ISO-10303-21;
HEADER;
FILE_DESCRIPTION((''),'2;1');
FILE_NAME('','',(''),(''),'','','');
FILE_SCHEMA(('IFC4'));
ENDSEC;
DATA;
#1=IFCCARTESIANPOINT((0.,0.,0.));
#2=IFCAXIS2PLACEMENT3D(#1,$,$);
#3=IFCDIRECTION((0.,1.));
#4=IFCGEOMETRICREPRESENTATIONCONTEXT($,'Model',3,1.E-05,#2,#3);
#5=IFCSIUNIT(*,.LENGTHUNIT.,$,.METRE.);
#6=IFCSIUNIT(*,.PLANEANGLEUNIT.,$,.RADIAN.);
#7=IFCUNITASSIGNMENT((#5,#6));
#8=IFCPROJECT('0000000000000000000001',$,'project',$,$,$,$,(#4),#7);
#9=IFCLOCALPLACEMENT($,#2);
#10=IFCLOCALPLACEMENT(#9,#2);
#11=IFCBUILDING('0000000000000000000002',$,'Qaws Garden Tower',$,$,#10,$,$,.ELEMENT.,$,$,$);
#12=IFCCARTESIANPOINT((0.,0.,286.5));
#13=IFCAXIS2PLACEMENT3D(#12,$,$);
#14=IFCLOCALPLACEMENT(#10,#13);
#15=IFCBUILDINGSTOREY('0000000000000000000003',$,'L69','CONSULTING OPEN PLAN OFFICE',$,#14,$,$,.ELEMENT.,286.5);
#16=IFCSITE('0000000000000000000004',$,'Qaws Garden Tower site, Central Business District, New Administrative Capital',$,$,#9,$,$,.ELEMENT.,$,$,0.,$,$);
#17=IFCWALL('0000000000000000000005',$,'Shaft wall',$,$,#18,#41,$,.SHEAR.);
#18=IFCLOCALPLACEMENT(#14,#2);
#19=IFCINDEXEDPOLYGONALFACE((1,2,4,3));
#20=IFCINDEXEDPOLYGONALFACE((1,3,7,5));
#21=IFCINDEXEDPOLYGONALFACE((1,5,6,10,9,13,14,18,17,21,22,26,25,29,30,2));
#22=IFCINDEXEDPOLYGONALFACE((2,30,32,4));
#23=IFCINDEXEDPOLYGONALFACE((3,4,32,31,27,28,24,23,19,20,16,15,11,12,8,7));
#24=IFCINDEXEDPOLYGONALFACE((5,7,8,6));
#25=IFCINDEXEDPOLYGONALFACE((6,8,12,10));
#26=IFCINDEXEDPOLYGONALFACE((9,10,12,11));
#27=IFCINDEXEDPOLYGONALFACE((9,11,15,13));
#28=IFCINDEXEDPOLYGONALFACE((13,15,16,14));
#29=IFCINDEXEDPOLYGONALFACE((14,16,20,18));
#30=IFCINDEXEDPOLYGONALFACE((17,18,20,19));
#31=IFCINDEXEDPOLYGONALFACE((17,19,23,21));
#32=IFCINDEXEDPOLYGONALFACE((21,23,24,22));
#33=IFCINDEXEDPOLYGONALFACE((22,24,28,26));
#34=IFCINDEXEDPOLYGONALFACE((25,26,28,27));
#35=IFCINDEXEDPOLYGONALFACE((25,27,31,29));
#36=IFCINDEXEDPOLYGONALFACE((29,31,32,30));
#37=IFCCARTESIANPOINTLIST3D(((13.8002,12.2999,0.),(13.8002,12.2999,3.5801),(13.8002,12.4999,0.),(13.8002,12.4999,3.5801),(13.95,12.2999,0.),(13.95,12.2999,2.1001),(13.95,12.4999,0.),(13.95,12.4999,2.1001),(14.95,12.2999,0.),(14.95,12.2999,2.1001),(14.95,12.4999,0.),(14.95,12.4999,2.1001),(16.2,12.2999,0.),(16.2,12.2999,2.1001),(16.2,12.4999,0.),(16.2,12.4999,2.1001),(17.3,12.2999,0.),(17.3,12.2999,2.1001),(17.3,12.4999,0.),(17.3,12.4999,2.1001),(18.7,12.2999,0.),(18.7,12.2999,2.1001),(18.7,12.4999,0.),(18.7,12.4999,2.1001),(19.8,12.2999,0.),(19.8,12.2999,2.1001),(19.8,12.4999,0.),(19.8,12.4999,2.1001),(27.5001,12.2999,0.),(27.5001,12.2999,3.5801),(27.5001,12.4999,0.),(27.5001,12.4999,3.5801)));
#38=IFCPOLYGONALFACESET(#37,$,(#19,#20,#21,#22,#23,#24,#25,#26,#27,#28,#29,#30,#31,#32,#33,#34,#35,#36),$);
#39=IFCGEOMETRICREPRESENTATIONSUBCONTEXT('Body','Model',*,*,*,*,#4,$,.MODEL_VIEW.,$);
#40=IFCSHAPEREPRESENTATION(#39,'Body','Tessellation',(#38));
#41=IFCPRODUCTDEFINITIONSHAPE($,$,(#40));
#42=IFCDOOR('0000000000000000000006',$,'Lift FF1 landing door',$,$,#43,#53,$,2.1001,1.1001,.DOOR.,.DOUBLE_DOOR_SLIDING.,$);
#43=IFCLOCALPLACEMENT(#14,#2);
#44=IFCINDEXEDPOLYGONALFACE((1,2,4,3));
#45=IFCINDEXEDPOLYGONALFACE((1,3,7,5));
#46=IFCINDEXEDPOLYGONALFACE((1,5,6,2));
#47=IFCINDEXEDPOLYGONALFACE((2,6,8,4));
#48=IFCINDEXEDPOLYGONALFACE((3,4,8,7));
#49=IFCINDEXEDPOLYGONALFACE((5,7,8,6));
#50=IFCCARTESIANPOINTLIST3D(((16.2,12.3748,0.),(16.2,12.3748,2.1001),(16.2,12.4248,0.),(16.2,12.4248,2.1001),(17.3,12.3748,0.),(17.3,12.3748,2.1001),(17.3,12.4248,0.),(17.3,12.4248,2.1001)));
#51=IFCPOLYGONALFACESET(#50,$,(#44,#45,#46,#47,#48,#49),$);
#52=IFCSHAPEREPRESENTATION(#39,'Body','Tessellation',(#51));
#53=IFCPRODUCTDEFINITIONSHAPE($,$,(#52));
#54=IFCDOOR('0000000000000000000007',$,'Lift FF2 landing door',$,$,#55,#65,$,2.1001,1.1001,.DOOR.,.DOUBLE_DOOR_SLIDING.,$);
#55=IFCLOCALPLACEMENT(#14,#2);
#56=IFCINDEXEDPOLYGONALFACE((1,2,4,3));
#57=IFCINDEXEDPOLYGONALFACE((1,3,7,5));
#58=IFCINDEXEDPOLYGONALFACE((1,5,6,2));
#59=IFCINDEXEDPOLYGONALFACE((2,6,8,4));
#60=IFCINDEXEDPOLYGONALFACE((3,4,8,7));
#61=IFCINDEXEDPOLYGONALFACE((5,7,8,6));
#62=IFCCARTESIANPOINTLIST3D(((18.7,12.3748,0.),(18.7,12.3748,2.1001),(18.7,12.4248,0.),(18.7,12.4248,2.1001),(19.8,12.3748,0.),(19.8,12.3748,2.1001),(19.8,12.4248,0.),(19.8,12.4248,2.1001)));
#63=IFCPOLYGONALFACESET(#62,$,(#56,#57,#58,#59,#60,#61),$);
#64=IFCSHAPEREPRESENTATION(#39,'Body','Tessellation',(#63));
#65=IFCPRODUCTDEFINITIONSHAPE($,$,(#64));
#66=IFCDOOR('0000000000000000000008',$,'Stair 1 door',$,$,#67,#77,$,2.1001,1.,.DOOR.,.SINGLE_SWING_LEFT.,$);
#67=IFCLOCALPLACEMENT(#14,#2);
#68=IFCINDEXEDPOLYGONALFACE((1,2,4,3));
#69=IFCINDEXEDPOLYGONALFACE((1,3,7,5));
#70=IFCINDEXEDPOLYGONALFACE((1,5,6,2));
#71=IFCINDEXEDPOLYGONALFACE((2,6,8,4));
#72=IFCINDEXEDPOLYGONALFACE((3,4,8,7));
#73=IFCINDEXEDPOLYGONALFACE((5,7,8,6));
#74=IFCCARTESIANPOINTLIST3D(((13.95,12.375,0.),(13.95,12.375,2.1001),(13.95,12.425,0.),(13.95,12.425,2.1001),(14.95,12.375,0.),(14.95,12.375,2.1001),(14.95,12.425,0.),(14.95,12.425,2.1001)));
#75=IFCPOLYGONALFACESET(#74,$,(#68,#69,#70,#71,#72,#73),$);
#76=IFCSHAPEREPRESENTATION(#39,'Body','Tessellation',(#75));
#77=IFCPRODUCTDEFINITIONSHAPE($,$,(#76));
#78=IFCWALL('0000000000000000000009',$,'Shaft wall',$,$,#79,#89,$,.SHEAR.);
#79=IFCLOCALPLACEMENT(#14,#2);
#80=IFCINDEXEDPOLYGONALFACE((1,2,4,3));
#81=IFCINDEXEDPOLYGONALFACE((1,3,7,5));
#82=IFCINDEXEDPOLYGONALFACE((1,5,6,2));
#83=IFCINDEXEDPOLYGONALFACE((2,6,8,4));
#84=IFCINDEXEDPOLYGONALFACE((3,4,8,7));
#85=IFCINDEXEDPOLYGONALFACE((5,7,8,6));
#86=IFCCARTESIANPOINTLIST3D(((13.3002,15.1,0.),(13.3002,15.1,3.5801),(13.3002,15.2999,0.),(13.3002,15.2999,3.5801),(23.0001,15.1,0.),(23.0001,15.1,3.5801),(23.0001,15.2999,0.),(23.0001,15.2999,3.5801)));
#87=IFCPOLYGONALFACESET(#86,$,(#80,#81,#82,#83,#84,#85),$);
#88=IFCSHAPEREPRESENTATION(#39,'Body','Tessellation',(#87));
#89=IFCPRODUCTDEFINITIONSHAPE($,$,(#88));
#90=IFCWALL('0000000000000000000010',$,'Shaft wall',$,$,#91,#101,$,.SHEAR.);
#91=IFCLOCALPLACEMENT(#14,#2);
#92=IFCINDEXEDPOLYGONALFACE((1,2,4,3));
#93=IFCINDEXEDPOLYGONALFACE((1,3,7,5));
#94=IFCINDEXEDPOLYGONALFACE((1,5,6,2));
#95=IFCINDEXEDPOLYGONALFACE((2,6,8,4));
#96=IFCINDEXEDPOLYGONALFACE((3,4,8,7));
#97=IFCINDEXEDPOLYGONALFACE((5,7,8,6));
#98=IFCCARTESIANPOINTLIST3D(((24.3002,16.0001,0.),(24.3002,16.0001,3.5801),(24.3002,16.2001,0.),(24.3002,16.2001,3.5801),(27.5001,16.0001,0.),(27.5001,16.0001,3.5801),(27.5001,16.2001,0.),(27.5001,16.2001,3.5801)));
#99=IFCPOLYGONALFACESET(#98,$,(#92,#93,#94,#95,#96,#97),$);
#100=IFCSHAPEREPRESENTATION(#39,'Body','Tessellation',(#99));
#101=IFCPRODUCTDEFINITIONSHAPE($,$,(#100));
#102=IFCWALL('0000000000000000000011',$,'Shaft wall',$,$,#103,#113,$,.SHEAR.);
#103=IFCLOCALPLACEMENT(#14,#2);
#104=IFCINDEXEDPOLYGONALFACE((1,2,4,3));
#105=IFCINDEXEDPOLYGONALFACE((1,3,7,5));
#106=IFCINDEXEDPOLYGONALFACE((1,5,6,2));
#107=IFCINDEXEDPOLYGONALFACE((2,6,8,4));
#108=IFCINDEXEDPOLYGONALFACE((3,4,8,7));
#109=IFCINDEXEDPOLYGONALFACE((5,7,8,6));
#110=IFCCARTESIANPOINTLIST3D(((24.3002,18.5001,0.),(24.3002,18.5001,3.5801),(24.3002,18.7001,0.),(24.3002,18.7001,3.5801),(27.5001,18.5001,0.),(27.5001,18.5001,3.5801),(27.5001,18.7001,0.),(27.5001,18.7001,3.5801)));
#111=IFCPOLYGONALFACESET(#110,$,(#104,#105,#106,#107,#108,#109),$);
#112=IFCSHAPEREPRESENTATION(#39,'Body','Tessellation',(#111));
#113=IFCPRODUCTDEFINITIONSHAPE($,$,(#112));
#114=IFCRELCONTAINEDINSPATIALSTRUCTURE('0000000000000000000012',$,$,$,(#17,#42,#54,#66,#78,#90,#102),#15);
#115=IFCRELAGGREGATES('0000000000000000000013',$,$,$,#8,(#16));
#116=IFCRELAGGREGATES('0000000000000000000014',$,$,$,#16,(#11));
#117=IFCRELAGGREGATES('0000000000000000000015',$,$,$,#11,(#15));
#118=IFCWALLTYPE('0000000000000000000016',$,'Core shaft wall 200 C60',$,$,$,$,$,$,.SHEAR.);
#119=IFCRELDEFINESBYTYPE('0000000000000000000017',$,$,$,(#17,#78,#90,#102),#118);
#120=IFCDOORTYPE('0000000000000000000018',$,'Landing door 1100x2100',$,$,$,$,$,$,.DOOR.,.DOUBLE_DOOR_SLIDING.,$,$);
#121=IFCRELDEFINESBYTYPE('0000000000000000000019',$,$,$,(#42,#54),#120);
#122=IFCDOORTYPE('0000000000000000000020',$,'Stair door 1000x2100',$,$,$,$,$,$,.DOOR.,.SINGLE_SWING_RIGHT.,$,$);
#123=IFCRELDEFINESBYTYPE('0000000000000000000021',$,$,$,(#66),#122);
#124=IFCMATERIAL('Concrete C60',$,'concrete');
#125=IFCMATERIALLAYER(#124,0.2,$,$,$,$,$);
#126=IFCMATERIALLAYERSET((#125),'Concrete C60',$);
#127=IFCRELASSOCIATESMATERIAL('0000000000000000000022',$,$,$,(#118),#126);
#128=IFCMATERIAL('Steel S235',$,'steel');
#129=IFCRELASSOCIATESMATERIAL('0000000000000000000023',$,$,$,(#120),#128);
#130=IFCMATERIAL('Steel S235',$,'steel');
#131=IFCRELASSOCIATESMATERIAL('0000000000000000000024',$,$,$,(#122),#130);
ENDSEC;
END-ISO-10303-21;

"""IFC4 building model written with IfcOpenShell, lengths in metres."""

from ifc_helpers import new_model, si_unit, direction, frame, frame_2d, origin, place, context, subcontext, project, spatial, rectangle, extrude, material, layer, layer_set, type_object, element, fill, save


model = new_model("IFC4")

# Units and contexts
model_context = context("Model", 3, precision=1e-05, world=origin(), true_north=direction((0.0, 1.0)))
body_context = subcontext(model_context, "Body", "Model", "MODEL_VIEW")
ifc_project = project(units=[si_unit("LENGTHUNIT", "METRE"), si_unit("PLANEANGLEUNIT", "RADIAN")], contexts=[model_context])

# Site, building, storey
site_placement = place(None, origin())
site = spatial("IfcSite", under=ifc_project, at=site_placement, Name="Qaws Garden Tower site, Central Business District, New Administrative Capital", CompositionType="ELEMENT", RefElevation=0.0)
building_placement = place(site_placement, origin())
building = spatial("IfcBuilding", under=site, at=building_placement, Name="Qaws Garden Tower", CompositionType="ELEMENT")
storey_placement = place(building_placement, frame((0.0, 0.0, 286.5)))
storey = spatial("IfcBuildingStorey", under=building, at=storey_placement, Name="L69", Description="CONSULTING OPEN PLAN OFFICE", CompositionType="ELEMENT", Elevation=286.5)

# Wall, openings, doors
ifc_material_1 = material(Name="Concrete C60", Category="concrete")
ifc_layer_1 = layer(ifc_material_1, 0.2)
ifc_layer_set_1 = layer_set([ifc_layer_1], Name="Concrete C60")
wall_type_1 = type_object("IfcWallType", Name="Core shaft wall 200 C60", PredefinedType="SHEAR", material=ifc_layer_set_1)
wall_1_placement = place(storey_placement, frame((13.8, 12.3999, 0.0), z_axis=(0.0, 0.0, 1.0), x_axis=(1.0, 0.0, 0.0)))
wall_1 = element("IfcWall", 1, at=wall_1_placement, inside=storey, type_object=wall_type_1, Name="Shaft wall", PredefinedType="SHEAR", context=body_context, shape_type="SweptSolid", body=[
    extrude(rectangle(XDim=13.7, YDim=0.2, at=frame_2d((6.8501, 0.0))), origin(), (0.0, 0.0, 1.0), 3.5801),
])
opening_1_placement = place(wall_1_placement, frame((2.3999, 0.0, 0.0)))
opening_1 = element("IfcOpeningElement", 2, at=opening_1_placement, cuts=wall_1, PredefinedType="OPENING", context=body_context, shape_type="SweptSolid", body=[
    extrude(rectangle(XDim=1.1001, YDim=2.1001, at=frame_2d((0.55, 1.05))), frame((0.0, 0.1099, 0.0), z_axis=(0.0, -1.0, 0.0), x_axis=(1.0, 0.0, 0.0)), (0.0, 0.0, 1.0), 0.22),
])
opening_2_placement = place(wall_1_placement, frame((4.8999, 0.0, 0.0)))
opening_2 = element("IfcOpeningElement", 3, at=opening_2_placement, cuts=wall_1, PredefinedType="OPENING", context=body_context, shape_type="SweptSolid", body=[
    extrude(rectangle(XDim=1.1001, YDim=2.1001, at=frame_2d((0.55, 1.05))), frame((0.0, 0.1099, 0.0), z_axis=(0.0, -1.0, 0.0), x_axis=(1.0, 0.0, 0.0)), (0.0, 0.0, 1.0), 0.22),
])
opening_3_placement = place(wall_1_placement, frame((0.1499, 0.0, 0.0)))
opening_3 = element("IfcOpeningElement", 4, at=opening_3_placement, cuts=wall_1, PredefinedType="OPENING", context=body_context, shape_type="SweptSolid", body=[
    extrude(rectangle(XDim=1.0, YDim=2.1001, at=frame_2d((0.5, 1.05))), frame((0.0, 0.1099, 0.0), z_axis=(0.0, -1.0, 0.0), x_axis=(1.0, 0.0, 0.0)), (0.0, 0.0, 1.0), 0.22),
])
ifc_material_2 = material(Name="Steel S235", Category="steel")
door_type_1 = type_object("IfcDoorType", Name="Landing door 1100x2100", OperationType="DOUBLE_DOOR_SLIDING", PredefinedType="DOOR", material=ifc_material_2)
door_1_placement = place(opening_1_placement, origin())
door_1 = element("IfcDoor", 5, at=door_1_placement, inside=storey, type_object=door_type_1, Name="Lift FF1 landing door", OperationType="DOUBLE_DOOR_SLIDING", OverallHeight=2.1001, OverallWidth=1.1001, PredefinedType="DOOR", context=body_context, shape_type="SweptSolid", body=[
    extrude(rectangle(XDim=1.1001, YDim=2.1001, at=frame_2d((0.55, 1.05))), frame((0.0, 0.0249, 0.0), z_axis=(0.0, -1.0, 0.0), x_axis=(1.0, 0.0, 0.0)), (0.0, 0.0, 1.0), 0.05),
])
fill(opening_1, door_1)
door_2_placement = place(opening_2_placement, origin())
door_2 = element("IfcDoor", 6, at=door_2_placement, inside=storey, type_object=door_type_1, Name="Lift FF2 landing door", OperationType="DOUBLE_DOOR_SLIDING", OverallHeight=2.1001, OverallWidth=1.1001, PredefinedType="DOOR", context=body_context, shape_type="SweptSolid", body=[
    extrude(rectangle(XDim=1.1001, YDim=2.1001, at=frame_2d((0.55, 1.05))), frame((0.0, 0.0249, 0.0), z_axis=(0.0, -1.0, 0.0), x_axis=(1.0, 0.0, 0.0)), (0.0, 0.0, 1.0), 0.05),
])
fill(opening_2, door_2)
ifc_material_3 = material(Name="Steel S235", Category="steel")
door_type_2 = type_object("IfcDoorType", Name="Stair door 1000x2100", OperationType="SINGLE_SWING_RIGHT", PredefinedType="DOOR", material=ifc_material_3)
door_3_placement = place(opening_3_placement, frame((1.0, 0.0, 0.0), z_axis=(0.0, 0.0, 1.0), x_axis=(-1.0, 0.0, 0.0)))
door_3 = element("IfcDoor", 7, at=door_3_placement, inside=storey, type_object=door_type_2, Name="Stair 1 door", OperationType="SINGLE_SWING_LEFT", OverallHeight=2.1001, OverallWidth=1.0, PredefinedType="DOOR", context=body_context, shape_type="SweptSolid", body=[
    extrude(rectangle(XDim=1.0, YDim=2.1001, at=frame_2d((0.5, 1.05))), frame((0.0, 0.0249, 0.0), z_axis=(0.0, -1.0, 0.0), x_axis=(1.0, 0.0, 0.0)), (0.0, 0.0, 1.0), 0.05),
])
fill(opening_3, door_3)

# Walls
wall_2_placement = place(storey_placement, frame((13.3, 15.2, 0.0), z_axis=(0.0, 0.0, 1.0), x_axis=(1.0, 0.0, 0.0)))
element("IfcWall", 8, at=wall_2_placement, inside=storey, type_object=wall_type_1, Name="Shaft wall", PredefinedType="SHEAR", context=body_context, shape_type="SweptSolid", body=[
    extrude(rectangle(XDim=9.7, YDim=0.2, at=frame_2d((4.8501, 0.0))), origin(), (0.0, 0.0, 1.0), 3.5801),
])
for number, where, z_axis, x_axis, name in (
    (9, (24.3, 16.1001, 0.0), (0.0, 0.0, 1.0), (1.0, 0.0, 0.0), "Shaft wall"),
    (10, (24.3, 18.6001, 0.0), (0.0, 0.0, 1.0), (1.0, 0.0, 0.0), "Shaft wall"),
):
    element("IfcWall", number, at=place(storey_placement, frame(where, z_axis=z_axis, x_axis=x_axis)), inside=storey, type_object=wall_type_1, Name=name, PredefinedType="SHEAR", context=body_context, shape_type="SweptSolid", body=[
        extrude(rectangle(XDim=3.2, YDim=0.2, at=frame_2d((1.6001, 0.0))), origin(), (0.0, 0.0, 1.0), 3.5801),
    ])

save(model, "model.ifc")
